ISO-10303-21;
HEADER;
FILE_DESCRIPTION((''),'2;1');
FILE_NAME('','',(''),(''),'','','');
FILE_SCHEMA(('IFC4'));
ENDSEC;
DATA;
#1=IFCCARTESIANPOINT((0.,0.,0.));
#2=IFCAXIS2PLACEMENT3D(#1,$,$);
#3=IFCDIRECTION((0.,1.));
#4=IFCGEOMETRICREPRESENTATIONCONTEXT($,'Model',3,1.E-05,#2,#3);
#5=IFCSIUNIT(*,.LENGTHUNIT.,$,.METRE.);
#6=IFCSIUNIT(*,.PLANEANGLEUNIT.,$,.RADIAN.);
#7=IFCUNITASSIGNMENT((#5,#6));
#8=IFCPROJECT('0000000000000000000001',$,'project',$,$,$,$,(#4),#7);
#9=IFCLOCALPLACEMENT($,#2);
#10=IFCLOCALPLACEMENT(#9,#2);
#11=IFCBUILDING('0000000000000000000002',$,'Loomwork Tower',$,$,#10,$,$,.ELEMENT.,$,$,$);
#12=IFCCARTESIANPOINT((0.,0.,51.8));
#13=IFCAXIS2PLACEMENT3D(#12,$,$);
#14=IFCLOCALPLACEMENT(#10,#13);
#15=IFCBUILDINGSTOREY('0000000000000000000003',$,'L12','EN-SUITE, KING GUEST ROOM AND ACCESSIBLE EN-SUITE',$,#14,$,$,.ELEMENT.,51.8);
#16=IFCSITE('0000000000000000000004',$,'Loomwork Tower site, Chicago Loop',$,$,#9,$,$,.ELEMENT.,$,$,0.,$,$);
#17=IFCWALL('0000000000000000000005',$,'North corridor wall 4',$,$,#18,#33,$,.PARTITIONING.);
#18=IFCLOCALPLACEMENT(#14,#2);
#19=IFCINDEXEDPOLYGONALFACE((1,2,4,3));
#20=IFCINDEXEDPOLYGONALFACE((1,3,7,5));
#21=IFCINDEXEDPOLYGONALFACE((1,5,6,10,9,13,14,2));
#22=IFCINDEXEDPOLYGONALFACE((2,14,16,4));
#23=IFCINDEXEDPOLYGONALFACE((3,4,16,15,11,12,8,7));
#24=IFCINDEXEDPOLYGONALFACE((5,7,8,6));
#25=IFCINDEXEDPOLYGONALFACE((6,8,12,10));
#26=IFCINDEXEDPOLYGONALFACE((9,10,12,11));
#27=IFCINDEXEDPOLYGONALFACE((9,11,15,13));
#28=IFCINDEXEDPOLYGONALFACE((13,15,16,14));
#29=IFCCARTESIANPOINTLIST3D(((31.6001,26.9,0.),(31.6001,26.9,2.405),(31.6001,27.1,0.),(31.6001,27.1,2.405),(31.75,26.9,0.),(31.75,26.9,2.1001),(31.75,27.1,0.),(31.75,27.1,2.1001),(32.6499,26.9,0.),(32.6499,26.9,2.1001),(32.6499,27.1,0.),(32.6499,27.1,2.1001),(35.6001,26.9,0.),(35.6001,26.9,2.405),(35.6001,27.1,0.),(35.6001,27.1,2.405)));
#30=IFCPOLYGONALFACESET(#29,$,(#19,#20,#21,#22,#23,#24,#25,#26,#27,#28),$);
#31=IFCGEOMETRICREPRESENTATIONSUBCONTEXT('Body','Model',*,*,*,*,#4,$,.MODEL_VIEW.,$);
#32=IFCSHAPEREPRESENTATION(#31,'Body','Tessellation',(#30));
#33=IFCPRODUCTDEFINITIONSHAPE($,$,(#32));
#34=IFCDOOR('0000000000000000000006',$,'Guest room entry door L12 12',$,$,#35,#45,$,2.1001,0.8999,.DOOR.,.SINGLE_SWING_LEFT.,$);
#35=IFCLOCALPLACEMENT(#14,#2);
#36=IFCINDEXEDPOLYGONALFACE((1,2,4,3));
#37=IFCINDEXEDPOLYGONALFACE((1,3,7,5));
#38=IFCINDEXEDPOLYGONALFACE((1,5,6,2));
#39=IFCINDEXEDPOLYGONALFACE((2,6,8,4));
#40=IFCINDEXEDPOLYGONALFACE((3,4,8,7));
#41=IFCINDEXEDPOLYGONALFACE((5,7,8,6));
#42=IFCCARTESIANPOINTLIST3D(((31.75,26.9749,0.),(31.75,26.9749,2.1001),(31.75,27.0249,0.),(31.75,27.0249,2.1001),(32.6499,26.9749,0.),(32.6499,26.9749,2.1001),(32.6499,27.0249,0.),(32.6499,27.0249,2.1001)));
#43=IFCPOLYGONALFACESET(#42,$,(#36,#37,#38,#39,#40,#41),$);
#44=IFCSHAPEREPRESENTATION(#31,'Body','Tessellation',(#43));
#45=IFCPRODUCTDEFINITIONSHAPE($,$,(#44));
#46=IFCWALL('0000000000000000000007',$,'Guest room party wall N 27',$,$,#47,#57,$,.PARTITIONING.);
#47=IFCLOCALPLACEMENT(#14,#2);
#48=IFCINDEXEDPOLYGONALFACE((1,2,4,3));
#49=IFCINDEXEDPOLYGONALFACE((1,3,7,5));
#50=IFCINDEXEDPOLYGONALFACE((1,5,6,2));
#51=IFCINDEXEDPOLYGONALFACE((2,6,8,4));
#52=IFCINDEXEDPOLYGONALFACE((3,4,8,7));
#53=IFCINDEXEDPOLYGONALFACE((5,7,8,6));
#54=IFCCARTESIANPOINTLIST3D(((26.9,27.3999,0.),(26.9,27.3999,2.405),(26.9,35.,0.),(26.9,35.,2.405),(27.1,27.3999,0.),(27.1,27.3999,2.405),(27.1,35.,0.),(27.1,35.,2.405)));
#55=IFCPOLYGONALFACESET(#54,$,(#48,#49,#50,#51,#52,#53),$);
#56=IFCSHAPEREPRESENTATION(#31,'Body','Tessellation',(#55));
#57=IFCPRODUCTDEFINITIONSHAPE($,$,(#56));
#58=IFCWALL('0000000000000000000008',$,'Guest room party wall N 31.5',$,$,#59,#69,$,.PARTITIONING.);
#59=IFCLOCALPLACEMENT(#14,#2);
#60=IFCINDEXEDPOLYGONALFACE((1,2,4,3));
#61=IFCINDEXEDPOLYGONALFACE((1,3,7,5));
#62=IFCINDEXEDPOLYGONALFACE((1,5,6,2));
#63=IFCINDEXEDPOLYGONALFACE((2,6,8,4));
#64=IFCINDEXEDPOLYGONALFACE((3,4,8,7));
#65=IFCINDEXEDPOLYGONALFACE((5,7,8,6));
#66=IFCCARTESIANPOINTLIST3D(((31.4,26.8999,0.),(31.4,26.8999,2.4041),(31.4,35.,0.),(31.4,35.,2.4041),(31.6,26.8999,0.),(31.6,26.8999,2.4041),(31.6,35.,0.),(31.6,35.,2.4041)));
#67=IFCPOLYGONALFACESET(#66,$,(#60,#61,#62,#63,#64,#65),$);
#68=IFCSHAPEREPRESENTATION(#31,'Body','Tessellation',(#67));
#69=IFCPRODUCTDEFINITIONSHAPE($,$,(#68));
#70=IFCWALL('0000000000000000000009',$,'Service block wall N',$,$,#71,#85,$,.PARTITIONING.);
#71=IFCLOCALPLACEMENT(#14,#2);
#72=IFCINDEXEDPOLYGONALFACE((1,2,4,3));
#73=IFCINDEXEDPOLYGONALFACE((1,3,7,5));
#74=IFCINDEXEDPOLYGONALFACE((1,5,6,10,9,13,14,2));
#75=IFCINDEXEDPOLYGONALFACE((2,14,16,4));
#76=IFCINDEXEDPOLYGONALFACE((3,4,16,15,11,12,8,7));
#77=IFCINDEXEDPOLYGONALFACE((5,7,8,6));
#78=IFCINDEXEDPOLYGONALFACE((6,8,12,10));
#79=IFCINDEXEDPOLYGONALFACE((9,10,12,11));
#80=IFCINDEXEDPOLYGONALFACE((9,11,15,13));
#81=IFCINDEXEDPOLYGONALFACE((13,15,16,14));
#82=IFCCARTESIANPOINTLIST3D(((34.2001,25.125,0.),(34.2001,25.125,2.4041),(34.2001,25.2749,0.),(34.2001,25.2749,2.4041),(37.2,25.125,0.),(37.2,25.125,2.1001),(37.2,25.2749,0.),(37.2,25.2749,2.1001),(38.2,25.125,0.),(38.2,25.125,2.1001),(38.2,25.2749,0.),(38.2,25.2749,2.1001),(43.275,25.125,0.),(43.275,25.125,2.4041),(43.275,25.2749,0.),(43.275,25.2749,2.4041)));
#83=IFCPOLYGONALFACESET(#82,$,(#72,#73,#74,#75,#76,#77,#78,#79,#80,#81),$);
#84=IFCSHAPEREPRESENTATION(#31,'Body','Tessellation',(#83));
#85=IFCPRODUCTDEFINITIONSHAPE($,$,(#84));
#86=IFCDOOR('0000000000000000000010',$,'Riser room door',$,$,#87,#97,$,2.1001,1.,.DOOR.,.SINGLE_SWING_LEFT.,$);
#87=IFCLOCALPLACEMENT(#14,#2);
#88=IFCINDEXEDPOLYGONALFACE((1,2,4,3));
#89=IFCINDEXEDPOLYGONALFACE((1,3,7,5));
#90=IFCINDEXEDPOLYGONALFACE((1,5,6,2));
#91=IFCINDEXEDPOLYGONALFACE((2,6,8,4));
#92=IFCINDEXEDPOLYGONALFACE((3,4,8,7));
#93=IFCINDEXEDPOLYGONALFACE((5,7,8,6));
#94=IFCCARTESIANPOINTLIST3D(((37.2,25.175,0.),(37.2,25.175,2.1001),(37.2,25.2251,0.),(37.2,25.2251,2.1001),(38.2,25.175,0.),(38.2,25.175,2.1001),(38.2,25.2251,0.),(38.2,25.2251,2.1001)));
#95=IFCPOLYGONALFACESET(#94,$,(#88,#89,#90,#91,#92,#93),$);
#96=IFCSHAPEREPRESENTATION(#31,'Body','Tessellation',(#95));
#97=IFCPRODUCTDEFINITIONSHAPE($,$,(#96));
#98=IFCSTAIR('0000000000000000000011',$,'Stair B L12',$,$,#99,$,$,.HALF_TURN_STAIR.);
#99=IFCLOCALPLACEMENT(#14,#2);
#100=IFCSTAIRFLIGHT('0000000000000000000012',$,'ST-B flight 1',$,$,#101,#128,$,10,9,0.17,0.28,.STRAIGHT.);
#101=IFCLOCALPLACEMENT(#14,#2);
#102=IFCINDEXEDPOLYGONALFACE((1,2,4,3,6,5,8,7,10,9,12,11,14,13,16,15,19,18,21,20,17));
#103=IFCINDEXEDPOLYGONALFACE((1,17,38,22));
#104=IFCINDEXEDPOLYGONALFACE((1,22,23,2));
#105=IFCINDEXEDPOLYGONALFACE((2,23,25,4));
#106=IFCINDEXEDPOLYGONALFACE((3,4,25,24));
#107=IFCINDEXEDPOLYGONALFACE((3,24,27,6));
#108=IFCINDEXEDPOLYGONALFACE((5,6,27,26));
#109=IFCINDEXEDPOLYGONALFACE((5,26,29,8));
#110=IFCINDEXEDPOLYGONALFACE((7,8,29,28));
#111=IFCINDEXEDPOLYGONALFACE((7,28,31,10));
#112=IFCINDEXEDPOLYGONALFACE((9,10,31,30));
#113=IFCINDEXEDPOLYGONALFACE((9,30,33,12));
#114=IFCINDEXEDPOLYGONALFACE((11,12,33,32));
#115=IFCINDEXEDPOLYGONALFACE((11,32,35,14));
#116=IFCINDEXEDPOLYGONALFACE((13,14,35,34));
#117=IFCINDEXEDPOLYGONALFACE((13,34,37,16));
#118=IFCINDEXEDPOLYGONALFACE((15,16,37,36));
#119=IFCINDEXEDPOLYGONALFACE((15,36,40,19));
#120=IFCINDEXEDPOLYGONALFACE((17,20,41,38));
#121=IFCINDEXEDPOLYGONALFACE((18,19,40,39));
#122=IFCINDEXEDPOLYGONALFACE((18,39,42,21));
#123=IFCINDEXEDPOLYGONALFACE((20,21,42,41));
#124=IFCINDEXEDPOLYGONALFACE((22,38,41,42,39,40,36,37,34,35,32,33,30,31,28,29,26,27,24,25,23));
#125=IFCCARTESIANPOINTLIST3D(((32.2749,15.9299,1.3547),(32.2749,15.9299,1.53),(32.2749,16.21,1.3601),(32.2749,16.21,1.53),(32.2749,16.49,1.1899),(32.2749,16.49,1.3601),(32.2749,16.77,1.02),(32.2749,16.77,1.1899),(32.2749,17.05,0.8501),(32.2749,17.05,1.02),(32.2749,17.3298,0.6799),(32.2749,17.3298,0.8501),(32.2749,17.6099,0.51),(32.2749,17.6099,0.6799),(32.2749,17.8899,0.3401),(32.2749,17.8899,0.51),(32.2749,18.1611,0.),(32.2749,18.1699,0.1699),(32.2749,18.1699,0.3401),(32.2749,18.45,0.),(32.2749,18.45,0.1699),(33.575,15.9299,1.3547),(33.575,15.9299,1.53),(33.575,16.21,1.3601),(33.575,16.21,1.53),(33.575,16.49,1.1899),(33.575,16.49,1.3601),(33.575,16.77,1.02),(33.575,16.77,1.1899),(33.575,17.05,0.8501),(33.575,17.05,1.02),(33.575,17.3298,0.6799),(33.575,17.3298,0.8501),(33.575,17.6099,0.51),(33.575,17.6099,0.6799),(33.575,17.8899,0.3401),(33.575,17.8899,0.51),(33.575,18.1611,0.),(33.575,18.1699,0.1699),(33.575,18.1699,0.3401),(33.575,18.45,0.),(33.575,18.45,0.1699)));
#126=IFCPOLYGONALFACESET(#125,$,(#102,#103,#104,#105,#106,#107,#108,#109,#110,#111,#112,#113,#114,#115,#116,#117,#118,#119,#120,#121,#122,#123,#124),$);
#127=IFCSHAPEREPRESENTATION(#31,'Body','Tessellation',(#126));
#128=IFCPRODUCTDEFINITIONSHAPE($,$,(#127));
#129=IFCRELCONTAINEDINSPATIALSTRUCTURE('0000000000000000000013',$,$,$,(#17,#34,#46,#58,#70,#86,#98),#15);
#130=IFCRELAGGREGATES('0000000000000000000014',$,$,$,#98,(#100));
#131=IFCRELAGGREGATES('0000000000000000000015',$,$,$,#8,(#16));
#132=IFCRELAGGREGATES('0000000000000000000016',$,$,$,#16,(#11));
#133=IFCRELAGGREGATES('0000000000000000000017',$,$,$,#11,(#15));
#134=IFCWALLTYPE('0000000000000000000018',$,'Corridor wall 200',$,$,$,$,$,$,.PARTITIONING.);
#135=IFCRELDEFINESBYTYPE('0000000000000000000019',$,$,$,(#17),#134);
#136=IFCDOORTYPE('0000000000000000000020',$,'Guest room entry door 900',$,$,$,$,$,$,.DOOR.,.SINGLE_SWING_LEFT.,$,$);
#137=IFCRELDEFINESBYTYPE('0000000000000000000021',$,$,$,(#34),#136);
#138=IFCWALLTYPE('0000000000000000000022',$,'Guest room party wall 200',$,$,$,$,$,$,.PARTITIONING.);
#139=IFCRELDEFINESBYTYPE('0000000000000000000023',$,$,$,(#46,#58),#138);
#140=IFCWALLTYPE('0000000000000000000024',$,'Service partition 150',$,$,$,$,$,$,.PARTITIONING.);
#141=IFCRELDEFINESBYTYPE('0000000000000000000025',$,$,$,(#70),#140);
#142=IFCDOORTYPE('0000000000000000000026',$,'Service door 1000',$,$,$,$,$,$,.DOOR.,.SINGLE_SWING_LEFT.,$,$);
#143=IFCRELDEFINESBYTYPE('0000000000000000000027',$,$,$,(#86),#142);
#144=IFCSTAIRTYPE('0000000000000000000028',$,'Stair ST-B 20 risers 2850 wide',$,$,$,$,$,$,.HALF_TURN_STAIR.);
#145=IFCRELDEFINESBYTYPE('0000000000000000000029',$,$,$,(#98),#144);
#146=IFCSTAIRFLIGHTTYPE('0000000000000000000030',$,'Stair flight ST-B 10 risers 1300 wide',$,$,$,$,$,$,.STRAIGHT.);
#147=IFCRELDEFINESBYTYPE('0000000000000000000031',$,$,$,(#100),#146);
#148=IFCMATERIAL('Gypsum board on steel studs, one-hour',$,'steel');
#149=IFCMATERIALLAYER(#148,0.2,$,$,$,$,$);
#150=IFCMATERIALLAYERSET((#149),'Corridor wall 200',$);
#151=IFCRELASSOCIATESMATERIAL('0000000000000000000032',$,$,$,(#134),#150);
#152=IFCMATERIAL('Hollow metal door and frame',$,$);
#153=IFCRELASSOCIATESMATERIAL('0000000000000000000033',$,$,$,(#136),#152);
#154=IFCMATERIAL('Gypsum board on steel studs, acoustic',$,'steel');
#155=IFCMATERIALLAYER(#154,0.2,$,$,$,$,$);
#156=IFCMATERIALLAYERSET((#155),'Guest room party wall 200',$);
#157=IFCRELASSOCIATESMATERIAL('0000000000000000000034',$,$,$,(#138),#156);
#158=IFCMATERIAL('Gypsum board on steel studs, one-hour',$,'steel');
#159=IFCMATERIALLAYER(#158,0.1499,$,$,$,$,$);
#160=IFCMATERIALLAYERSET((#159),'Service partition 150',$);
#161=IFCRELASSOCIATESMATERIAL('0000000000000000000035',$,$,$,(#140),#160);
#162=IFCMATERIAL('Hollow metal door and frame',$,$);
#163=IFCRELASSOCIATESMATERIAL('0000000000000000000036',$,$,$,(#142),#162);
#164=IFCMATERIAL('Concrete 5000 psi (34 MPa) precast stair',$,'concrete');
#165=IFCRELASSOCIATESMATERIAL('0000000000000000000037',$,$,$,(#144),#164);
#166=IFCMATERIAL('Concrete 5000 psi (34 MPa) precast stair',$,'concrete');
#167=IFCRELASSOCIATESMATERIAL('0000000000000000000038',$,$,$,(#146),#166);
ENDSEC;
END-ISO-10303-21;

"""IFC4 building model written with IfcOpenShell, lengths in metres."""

from ifc_helpers import new_model, si_unit, direction, frame, frame_2d, origin, place, context, subcontext, project, spatial, polyline, rectangle, outline, extrude, material, layer, layer_set, type_object, element, fill, aggregate, save


model = new_model("IFC4")

# Units and contexts
model_context = context("Model", 3, precision=1e-05, world=origin(), true_north=direction((0.0, 1.0)))
body_context = subcontext(model_context, "Body", "Model", "MODEL_VIEW")
ifc_project = project(units=[si_unit("LENGTHUNIT", "METRE"), si_unit("PLANEANGLEUNIT", "RADIAN")], contexts=[model_context])

# Site, building, storey
site_placement = place(None, origin())
site = spatial("IfcSite", under=ifc_project, at=site_placement, Name="Loomwork Tower site, Chicago Loop", CompositionType="ELEMENT", RefElevation=0.0)
building_placement = place(site_placement, origin())
building = spatial("IfcBuilding", under=site, at=building_placement, Name="Loomwork Tower", CompositionType="ELEMENT")
storey_placement = place(building_placement, frame((0.0, 0.0, 51.8)))
storey = spatial("IfcBuildingStorey", under=building, at=storey_placement, Name="L12", Description="EN-SUITE, KING GUEST ROOM AND ACCESSIBLE EN-SUITE", CompositionType="ELEMENT", Elevation=51.8)

# Wall, opening, door
ifc_material_1 = material(Name="Gypsum board on steel studs, one-hour", Category="steel")
ifc_layer_1 = layer(ifc_material_1, 0.2)
ifc_layer_set_1 = layer_set([ifc_layer_1], Name="Corridor wall 200")
wall_type_1 = type_object("IfcWallType", Name="Corridor wall 200", PredefinedType="PARTITIONING", material=ifc_layer_set_1)
wall_1_placement = place(storey_placement, frame((31.6001, 27.0, 0.0), z_axis=(0.0, 0.0, 1.0), x_axis=(1.0, 0.0, 0.0)))
wall_1 = element("IfcWall", 1, at=wall_1_placement, inside=storey, type_object=wall_type_1, Name="North corridor wall 4", PredefinedType="PARTITIONING", context=body_context, shape_type="SweptSolid", body=[
    extrude(rectangle(XDim=4.0, YDim=0.2, at=frame_2d((2.0, 0.0))), origin(), (0.0, 0.0, 1.0), 2.405),
])
opening_1_placement = place(wall_1_placement, frame((0.1499, 0.0, 0.0)))
opening_1 = element("IfcOpeningElement", 2, at=opening_1_placement, cuts=wall_1, PredefinedType="OPENING", context=body_context, shape_type="SweptSolid", body=[
    extrude(rectangle(XDim=0.8999, YDim=2.1001, at=frame_2d((0.45, 1.05))), frame((0.0, 0.1099, 0.0), z_axis=(0.0, -1.0, 0.0), x_axis=(1.0, 0.0, 0.0)), (0.0, 0.0, 1.0), 0.22),
])
ifc_material_2 = material(Name="Hollow metal door and frame")
door_type_1 = type_object("IfcDoorType", Name="Guest room entry door 900", OperationType="SINGLE_SWING_LEFT", PredefinedType="DOOR", material=ifc_material_2)
door_1_placement = place(opening_1_placement, origin())
door_1 = element("IfcDoor", 3, at=door_1_placement, inside=storey, type_object=door_type_1, Name="Guest room entry door L12 12", OperationType="SINGLE_SWING_LEFT", OverallHeight=2.1001, OverallWidth=0.8999, PredefinedType="DOOR", context=body_context, shape_type="SweptSolid", body=[
    extrude(rectangle(XDim=0.8999, YDim=2.1001, at=frame_2d((0.45, 1.05))), frame((0.0, 0.0249, 0.0), z_axis=(0.0, -1.0, 0.0), x_axis=(1.0, 0.0, 0.0)), (0.0, 0.0, 1.0), 0.05),
])
fill(opening_1, door_1)

# Walls
ifc_material_3 = material(Name="Gypsum board on steel studs, acoustic", Category="steel")
ifc_layer_2 = layer(ifc_material_3, 0.2)
ifc_layer_set_2 = layer_set([ifc_layer_2], Name="Guest room party wall 200")
wall_type_2 = type_object("IfcWallType", Name="Guest room party wall 200", PredefinedType="PARTITIONING", material=ifc_layer_set_2)
wall_2_placement = place(storey_placement, frame((27.0, 27.3999, 0.0), z_axis=(0.0, 0.0, 1.0), x_axis=(0.0, 1.0, 0.0)))
element("IfcWall", 4, at=wall_2_placement, inside=storey, type_object=wall_type_2, Name="Guest room party wall N 27", PredefinedType="PARTITIONING", context=body_context, shape_type="SweptSolid", body=[
    extrude(rectangle(XDim=7.6001, YDim=0.2, at=frame_2d((3.8, 0.0))), origin(), (0.0, 0.0, 1.0), 2.405),
])
wall_3_placement = place(storey_placement, frame((31.5, 26.8999, 0.0), z_axis=(0.0, 0.0, 1.0), x_axis=(0.0, 1.0, 0.0)))
element("IfcWall", 5, at=wall_3_placement, inside=storey, type_object=wall_type_2, Name="Guest room party wall N 31.5", PredefinedType="PARTITIONING", context=body_context, shape_type="SweptSolid", body=[
    extrude(rectangle(XDim=8.1001, YDim=0.2, at=frame_2d((4.05, 0.0))), origin(), (0.0, 0.0, 1.0), 2.4041),
])

# Wall, opening, door
ifc_material_4 = material(Name="Gypsum board on steel studs, one-hour", Category="steel")
ifc_layer_3 = layer(ifc_material_4, 0.1499)
ifc_layer_set_3 = layer_set([ifc_layer_3], Name="Service partition 150")
wall_type_3 = type_object("IfcWallType", Name="Service partition 150", PredefinedType="PARTITIONING", material=ifc_layer_set_3)
wall_4_placement = place(storey_placement, frame((34.2, 25.2, 0.0), z_axis=(0.0, 0.0, 1.0), x_axis=(1.0, 0.0, 0.0)))
wall_4 = element("IfcWall", 6, at=wall_4_placement, inside=storey, type_object=wall_type_3, Name="Service block wall N", PredefinedType="PARTITIONING", context=body_context, shape_type="SweptSolid", body=[
    extrude(rectangle(XDim=9.075, YDim=0.1499, at=frame_2d((4.5376, 0.0))), origin(), (0.0, 0.0, 1.0), 2.4041),
])
opening_2_placement = place(wall_4_placement, frame((3.0, 0.0, 0.0)))
opening_2 = element("IfcOpeningElement", 7, at=opening_2_placement, cuts=wall_4, PredefinedType="OPENING", context=body_context, shape_type="SweptSolid", body=[
    extrude(rectangle(XDim=1.0, YDim=2.1001, at=frame_2d((0.5, 1.05))), frame((0.0, 0.085, 0.0), z_axis=(0.0, -1.0, 0.0), x_axis=(1.0, 0.0, 0.0)), (0.0, 0.0, 1.0), 0.1699),
])
ifc_material_5 = material(Name="Hollow metal door and frame")
door_type_2 = type_object("IfcDoorType", Name="Service door 1000", OperationType="SINGLE_SWING_LEFT", PredefinedType="DOOR", material=ifc_material_5)
door_2_placement = place(opening_2_placement, frame((1.0, 0.0, 0.0), z_axis=(0.0, 0.0, 1.0), x_axis=(-1.0, 0.0, 0.0)))
door_2 = element("IfcDoor", 8, at=door_2_placement, inside=storey, type_object=door_type_2, Name="Riser room door", OperationType="SINGLE_SWING_LEFT", OverallHeight=2.1001, OverallWidth=1.0, PredefinedType="DOOR", context=body_context, shape_type="SweptSolid", body=[
    extrude(rectangle(XDim=1.0, YDim=2.1001, at=frame_2d((0.5, 1.05))), frame((0.0, 0.0249, 0.0), z_axis=(0.0, -1.0, 0.0), x_axis=(1.0, 0.0, 0.0)), (0.0, 0.0, 1.0), 0.05),
])
fill(opening_2, door_2)

# Stair, stair flight
ifc_material_6 = material(Name="Concrete 5000 psi (34 MPa) precast stair", Category="concrete")
stair_type = type_object("IfcStairType", Name="Stair ST-B 20 risers 2850 wide", PredefinedType="HALF_TURN_STAIR", material=ifc_material_6)
stair_placement = place(storey_placement, origin())
stair = element("IfcStair", 9, at=stair_placement, inside=storey, type_object=stair_type, Name="Stair B L12", PredefinedType="HALF_TURN_STAIR")
ifc_material_7 = material(Name="Concrete 5000 psi (34 MPa) precast stair", Category="concrete")
stair_flight_type = type_object("IfcStairFlightType", Name="Stair flight ST-B 10 risers 1300 wide", PredefinedType="STRAIGHT", material=ifc_material_7)
stair_flight_placement = place(storey_placement, frame((32.925, 18.45, 0.0), z_axis=(0.0, 0.0, 1.0), x_axis=(0.0, -1.0, 0.0)))
stair_flight = element("IfcStairFlight", 10, at=stair_flight_placement, type_object=stair_flight_type, Name="ST-B flight 1", NumberOfRisers=10, NumberOfTreads=9, PredefinedType="STRAIGHT", RiserHeight=0.17, TreadLength=0.28, context=body_context, shape_type="SweptSolid", body=[
    extrude(outline(polyline([(0.0, 0.0), (0.0, 0.1699), (0.28, 0.1699), (0.28, 0.3401), (0.5601, 0.3401), (0.5601, 0.51), (0.8401, 0.51), (0.8401, 0.6799), (1.1201, 0.6799), (1.1201, 0.8501), (1.3999, 0.8501), (1.3999, 1.02), (1.6799, 1.02), (1.6799, 1.1899), (1.96, 1.1899), (1.96, 1.3601), (2.24, 1.3601), (2.24, 1.53), (2.52, 1.53), (2.52, 1.7), (2.52, 1.3547), (0.2888, 0.0), (0.0, 0.0)])), frame((0.0, 0.6499, 0.0), z_axis=(0.0, -1.0, 0.0), x_axis=(1.0, 0.0, 0.0)), (0.0, 0.0, 1.0), 1.3),
])
aggregate(stair, [stair_flight])

save(model, "model.ifc")
